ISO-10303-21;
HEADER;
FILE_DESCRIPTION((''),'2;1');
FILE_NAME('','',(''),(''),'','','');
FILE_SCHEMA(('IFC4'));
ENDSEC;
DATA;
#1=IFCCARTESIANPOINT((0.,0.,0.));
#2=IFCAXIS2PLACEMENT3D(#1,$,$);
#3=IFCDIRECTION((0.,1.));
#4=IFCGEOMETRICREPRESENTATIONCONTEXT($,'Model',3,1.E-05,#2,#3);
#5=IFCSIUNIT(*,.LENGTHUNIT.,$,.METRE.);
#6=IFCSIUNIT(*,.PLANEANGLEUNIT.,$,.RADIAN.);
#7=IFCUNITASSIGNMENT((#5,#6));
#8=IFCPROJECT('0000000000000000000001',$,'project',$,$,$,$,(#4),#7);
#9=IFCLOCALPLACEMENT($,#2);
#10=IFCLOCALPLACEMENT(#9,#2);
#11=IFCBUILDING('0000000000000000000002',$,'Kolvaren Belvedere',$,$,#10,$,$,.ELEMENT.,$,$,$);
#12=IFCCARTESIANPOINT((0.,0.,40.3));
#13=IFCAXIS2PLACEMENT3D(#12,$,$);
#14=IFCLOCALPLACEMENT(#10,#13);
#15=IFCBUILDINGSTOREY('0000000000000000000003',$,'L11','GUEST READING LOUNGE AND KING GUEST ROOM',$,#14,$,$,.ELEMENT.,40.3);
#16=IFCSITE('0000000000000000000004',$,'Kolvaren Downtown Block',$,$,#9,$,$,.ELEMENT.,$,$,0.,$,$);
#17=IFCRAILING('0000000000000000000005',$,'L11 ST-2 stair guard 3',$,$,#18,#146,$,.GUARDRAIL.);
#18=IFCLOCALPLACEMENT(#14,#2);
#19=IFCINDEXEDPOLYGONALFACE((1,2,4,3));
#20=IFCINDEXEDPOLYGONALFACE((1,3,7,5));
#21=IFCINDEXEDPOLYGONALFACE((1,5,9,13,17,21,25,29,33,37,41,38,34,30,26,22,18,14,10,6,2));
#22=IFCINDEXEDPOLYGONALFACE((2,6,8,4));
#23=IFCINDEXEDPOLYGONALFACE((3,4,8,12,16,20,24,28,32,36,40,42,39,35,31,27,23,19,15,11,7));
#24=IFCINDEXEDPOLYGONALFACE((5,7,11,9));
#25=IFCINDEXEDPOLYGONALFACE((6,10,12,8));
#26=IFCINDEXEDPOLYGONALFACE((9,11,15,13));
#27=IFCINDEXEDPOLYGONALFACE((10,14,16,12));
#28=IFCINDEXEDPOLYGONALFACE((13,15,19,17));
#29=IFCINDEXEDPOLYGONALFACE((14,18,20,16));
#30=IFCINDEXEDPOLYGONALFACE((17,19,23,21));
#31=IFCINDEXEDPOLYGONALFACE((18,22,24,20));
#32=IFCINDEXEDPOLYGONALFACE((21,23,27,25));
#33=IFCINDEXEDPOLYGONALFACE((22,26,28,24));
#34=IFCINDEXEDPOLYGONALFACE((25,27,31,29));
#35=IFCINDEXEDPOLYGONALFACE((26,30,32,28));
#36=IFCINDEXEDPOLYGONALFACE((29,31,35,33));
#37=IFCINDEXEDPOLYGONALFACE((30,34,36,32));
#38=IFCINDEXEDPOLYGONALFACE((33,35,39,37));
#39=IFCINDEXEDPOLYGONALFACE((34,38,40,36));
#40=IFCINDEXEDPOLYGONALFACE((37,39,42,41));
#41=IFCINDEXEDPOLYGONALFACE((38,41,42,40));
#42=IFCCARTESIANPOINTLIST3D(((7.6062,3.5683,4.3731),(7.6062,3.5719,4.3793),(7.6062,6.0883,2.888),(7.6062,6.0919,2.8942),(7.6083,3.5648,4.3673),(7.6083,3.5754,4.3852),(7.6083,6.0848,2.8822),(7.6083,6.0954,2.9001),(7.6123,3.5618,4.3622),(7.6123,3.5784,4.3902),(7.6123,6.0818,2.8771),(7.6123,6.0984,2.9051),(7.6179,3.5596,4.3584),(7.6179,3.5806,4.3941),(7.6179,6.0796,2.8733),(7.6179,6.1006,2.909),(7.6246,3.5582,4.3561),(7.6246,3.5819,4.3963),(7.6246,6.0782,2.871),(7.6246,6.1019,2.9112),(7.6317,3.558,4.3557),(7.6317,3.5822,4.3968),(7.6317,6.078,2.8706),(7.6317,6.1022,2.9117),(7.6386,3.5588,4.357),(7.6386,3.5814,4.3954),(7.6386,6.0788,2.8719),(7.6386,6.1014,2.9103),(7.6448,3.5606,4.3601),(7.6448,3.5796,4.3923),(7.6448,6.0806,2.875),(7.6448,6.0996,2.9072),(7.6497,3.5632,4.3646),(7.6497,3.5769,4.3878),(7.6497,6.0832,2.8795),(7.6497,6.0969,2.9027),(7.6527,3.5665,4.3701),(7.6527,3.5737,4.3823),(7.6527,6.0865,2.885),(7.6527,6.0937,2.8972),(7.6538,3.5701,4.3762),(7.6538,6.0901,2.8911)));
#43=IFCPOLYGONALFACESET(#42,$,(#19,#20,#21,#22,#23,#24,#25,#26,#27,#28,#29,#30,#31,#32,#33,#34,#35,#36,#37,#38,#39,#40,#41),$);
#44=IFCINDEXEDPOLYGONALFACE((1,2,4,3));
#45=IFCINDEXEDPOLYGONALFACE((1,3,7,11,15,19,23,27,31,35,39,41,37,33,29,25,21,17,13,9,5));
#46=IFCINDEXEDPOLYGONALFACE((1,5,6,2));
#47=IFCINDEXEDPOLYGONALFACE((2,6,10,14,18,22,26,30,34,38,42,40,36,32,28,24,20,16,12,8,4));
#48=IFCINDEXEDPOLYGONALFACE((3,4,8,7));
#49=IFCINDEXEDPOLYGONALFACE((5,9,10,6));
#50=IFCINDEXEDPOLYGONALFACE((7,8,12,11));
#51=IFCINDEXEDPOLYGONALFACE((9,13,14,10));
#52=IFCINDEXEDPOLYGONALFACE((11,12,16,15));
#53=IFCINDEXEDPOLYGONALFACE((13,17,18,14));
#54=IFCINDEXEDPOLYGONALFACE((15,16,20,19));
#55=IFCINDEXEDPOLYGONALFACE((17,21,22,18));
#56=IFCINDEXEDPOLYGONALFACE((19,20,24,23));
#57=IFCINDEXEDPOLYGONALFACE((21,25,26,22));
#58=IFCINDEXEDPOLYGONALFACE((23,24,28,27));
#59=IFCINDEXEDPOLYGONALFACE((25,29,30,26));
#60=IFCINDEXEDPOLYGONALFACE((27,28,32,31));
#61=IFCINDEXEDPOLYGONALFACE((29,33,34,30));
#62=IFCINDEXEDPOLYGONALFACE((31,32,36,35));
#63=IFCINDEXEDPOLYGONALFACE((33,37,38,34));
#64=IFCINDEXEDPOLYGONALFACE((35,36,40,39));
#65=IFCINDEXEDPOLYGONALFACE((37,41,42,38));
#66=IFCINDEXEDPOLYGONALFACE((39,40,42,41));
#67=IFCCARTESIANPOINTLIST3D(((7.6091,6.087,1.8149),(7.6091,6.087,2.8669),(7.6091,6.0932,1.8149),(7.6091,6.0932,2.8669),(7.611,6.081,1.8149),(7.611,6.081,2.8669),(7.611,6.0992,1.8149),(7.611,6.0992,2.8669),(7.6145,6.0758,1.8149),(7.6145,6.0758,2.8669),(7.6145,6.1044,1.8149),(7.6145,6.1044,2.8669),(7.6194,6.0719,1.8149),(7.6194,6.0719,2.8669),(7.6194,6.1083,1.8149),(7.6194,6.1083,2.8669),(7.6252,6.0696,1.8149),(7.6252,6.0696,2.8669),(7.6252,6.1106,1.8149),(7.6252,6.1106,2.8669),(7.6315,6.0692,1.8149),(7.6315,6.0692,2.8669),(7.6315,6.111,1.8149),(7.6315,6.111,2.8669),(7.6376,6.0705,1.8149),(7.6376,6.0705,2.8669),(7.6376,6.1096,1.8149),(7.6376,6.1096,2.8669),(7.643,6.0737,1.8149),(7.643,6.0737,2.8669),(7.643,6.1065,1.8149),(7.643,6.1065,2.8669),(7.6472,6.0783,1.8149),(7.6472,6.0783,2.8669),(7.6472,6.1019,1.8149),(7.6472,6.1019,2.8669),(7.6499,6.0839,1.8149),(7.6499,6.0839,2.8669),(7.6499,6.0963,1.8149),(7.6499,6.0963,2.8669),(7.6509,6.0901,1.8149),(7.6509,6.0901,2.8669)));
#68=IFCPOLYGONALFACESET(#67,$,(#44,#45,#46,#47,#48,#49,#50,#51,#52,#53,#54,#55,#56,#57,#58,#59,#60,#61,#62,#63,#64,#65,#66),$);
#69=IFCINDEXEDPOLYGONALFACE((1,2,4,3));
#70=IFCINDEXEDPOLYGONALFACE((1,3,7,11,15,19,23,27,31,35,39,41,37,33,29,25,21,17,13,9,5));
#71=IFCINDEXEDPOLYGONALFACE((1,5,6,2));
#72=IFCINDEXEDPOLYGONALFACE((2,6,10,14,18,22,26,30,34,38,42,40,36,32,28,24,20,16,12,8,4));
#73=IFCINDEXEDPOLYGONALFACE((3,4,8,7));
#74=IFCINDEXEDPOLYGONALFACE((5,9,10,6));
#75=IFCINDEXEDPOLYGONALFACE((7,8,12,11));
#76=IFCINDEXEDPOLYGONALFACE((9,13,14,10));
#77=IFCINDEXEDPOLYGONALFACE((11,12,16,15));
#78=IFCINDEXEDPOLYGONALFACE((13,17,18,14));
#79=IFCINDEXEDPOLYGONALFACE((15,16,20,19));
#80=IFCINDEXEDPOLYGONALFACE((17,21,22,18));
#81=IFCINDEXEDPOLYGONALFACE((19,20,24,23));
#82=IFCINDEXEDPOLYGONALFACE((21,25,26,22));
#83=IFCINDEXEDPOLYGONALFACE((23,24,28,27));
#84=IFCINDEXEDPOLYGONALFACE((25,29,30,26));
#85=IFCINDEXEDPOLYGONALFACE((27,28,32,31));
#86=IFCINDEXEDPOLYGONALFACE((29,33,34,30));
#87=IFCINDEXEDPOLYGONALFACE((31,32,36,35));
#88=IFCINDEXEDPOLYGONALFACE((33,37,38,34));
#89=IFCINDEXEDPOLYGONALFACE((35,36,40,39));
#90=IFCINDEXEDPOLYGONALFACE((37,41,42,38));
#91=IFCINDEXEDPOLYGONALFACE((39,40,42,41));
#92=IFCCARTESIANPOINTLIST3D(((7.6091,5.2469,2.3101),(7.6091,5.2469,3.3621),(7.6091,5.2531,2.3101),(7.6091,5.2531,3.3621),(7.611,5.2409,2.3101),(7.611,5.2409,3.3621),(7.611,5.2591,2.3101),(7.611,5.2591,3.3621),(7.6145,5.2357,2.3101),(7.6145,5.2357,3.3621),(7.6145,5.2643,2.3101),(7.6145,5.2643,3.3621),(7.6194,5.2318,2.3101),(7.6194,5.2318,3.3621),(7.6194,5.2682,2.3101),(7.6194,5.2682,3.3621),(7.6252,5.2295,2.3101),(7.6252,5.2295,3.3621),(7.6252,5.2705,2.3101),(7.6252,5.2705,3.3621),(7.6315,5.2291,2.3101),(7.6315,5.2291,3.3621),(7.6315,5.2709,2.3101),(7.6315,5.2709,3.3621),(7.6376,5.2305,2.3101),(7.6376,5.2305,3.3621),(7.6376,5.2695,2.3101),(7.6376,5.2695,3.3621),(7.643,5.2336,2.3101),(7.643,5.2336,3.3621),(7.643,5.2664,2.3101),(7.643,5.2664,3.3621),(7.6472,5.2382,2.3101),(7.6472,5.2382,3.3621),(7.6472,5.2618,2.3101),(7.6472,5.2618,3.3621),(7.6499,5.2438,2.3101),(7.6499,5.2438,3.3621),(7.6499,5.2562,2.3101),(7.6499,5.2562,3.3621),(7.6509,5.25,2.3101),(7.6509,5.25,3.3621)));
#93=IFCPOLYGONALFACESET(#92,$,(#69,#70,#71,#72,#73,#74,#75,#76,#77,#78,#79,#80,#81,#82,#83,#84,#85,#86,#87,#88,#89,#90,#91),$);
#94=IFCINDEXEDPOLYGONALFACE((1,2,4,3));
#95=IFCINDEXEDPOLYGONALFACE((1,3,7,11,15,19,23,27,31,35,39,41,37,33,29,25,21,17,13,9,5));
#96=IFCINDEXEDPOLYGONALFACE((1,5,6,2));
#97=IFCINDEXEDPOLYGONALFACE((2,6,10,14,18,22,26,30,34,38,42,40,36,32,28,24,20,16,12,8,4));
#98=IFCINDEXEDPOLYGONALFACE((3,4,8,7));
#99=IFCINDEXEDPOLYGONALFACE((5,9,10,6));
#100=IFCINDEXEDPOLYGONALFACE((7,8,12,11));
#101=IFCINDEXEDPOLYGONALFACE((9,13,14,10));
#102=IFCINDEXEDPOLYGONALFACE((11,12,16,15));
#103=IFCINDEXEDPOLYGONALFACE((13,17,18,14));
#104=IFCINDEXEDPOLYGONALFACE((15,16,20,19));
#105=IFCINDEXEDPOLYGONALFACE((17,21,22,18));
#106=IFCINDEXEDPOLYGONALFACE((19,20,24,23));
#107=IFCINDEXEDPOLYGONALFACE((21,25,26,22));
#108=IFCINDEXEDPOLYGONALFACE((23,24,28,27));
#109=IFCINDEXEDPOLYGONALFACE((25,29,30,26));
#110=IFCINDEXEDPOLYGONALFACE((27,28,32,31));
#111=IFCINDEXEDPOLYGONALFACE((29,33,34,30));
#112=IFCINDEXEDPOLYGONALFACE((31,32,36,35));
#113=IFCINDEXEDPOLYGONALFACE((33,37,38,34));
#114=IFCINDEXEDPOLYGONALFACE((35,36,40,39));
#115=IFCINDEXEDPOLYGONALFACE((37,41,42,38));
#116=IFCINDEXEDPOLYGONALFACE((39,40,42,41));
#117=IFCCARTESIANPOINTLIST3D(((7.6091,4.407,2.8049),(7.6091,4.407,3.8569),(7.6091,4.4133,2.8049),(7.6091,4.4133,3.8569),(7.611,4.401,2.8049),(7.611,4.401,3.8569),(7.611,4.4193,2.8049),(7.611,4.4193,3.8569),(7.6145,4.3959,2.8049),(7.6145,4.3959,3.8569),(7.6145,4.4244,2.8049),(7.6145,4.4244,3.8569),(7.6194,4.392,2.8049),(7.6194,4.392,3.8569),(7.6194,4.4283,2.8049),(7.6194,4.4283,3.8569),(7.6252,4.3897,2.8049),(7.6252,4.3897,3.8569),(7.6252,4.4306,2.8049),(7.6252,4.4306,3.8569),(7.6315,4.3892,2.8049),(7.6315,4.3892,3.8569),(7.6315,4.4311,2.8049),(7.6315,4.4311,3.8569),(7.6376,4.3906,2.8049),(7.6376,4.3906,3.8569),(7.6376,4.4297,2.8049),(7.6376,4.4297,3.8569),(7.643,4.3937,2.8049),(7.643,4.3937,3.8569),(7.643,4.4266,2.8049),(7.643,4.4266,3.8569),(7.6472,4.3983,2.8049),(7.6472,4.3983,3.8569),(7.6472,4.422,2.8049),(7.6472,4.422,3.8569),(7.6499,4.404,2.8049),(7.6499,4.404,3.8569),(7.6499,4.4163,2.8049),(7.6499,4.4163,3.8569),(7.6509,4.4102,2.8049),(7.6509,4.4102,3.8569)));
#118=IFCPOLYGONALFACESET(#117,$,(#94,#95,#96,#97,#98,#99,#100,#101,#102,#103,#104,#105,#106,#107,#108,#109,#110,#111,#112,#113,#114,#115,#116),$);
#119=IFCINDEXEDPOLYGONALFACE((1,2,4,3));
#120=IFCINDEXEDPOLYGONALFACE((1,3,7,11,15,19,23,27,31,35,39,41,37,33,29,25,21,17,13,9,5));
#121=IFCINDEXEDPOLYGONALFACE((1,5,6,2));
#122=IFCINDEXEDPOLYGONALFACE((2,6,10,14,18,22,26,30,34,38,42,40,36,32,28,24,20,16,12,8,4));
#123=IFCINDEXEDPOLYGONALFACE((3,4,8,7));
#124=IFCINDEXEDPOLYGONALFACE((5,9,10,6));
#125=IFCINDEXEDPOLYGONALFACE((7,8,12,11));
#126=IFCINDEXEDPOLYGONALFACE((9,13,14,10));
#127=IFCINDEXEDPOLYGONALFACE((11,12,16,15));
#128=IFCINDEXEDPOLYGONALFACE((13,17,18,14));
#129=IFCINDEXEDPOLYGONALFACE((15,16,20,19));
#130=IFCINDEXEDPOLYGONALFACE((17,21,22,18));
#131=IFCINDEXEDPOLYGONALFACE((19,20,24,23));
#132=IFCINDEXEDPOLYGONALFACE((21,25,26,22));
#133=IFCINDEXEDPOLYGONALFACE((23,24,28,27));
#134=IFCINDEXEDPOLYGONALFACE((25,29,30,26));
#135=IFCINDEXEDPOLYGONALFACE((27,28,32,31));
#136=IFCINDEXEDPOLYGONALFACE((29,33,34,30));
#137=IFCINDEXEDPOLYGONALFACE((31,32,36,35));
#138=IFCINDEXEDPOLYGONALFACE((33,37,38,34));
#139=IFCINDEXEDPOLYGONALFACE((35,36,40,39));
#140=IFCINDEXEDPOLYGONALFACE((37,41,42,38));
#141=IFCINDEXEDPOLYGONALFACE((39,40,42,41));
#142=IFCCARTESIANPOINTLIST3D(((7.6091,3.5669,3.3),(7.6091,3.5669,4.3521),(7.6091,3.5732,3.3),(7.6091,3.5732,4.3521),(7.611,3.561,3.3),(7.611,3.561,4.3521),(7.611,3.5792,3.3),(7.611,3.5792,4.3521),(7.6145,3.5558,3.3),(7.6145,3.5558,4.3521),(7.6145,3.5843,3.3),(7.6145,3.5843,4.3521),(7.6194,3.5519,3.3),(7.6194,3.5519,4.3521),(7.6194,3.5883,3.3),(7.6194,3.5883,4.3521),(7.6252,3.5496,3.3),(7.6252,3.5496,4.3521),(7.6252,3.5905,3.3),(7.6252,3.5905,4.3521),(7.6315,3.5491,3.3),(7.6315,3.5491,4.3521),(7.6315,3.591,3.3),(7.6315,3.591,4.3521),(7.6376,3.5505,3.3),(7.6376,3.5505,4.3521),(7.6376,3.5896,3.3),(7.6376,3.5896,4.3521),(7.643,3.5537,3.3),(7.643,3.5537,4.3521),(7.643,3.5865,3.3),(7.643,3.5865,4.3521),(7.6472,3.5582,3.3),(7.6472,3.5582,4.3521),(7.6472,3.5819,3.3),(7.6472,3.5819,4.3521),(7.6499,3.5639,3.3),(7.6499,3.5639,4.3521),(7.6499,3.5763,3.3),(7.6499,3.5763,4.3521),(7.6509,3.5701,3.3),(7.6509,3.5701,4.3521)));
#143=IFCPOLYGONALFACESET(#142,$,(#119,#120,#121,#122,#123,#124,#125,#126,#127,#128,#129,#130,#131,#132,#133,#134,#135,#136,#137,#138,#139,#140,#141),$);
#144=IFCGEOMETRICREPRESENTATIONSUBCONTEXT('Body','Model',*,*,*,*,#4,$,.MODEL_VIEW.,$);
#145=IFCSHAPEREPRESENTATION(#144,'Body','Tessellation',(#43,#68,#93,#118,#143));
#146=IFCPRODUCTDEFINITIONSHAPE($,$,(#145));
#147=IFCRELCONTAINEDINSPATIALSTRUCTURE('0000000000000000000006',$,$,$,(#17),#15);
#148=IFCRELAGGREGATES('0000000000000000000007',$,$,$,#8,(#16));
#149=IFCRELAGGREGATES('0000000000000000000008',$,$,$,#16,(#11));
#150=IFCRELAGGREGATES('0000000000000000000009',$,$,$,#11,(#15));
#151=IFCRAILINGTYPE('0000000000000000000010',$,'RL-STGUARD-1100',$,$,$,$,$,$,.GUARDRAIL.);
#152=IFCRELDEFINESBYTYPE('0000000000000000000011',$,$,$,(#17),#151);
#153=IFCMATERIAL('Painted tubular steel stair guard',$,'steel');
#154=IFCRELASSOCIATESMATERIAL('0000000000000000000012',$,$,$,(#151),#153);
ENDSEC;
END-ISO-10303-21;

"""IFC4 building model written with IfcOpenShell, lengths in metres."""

from ifc_helpers import new_model, si_unit, direction, frame, origin, origin_2d, place, context, subcontext, project, spatial, circle, extrude, material, type_object, element, save


model = new_model("IFC4")

# Units and contexts
model_context = context("Model", 3, precision=1e-05, world=origin(), true_north=direction((0.0, 1.0)))
body_context = subcontext(model_context, "Body", "Model", "MODEL_VIEW")
ifc_project = project(units=[si_unit("LENGTHUNIT", "METRE"), si_unit("PLANEANGLEUNIT", "RADIAN")], contexts=[model_context])

# Site, building, storey
site_placement = place(None, origin())
site = spatial("IfcSite", under=ifc_project, at=site_placement, Name="Kolvaren Downtown Block", CompositionType="ELEMENT", RefElevation=0.0)
building_placement = place(site_placement, origin())
building = spatial("IfcBuilding", under=site, at=building_placement, Name="Kolvaren Belvedere", CompositionType="ELEMENT")
storey_placement = place(building_placement, frame((0.0, 0.0, 40.3)))
storey = spatial("IfcBuildingStorey", under=building, at=storey_placement, Name="L11", Description="GUEST READING LOUNGE AND KING GUEST ROOM", CompositionType="ELEMENT", Elevation=40.3)

# Railing
ifc_material_1 = material(Name="Painted tubular steel stair guard", Category="steel")
railing_type_1 = type_object("IfcRailingType", Name="RL-STGUARD-1100", PredefinedType="GUARDRAIL", material=ifc_material_1)
railing_1_placement = place(storey_placement, frame((7.6299, 6.0901, 1.8149)))
element("IfcRailing", 1, at=railing_1_placement, inside=storey, type_object=railing_type_1, Name="L11 ST-2 stair guard 3", PredefinedType="GUARDRAIL", context=body_context, shape_type="SweptSolid", body=[
    extrude(circle(Radius=0.0239, at=origin_2d()), frame((0.0, 0.0, 1.0762), z_axis=(0.0, -0.861524, 0.507717), x_axis=(1.0, 0.0, 0.0)), (0.0, 0.0, 1.0), 2.925),
    extrude(circle(Radius=0.021, at=origin_2d()), origin(), (0.0, 0.0, 1.0), 1.052),
    extrude(circle(Radius=0.021, at=origin_2d()), frame((0.0, -0.8401, 0.4951)), (0.0, 0.0, 1.0), 1.052),
    extrude(circle(Radius=0.021, at=origin_2d()), frame((0.0, -1.6799, 0.99)), (0.0, 0.0, 1.0), 1.052),
    extrude(circle(Radius=0.021, at=origin_2d()), frame((0.0, -2.52, 1.4851)), (0.0, 0.0, 1.0), 1.052),
])

save(model, "model.ifc")
